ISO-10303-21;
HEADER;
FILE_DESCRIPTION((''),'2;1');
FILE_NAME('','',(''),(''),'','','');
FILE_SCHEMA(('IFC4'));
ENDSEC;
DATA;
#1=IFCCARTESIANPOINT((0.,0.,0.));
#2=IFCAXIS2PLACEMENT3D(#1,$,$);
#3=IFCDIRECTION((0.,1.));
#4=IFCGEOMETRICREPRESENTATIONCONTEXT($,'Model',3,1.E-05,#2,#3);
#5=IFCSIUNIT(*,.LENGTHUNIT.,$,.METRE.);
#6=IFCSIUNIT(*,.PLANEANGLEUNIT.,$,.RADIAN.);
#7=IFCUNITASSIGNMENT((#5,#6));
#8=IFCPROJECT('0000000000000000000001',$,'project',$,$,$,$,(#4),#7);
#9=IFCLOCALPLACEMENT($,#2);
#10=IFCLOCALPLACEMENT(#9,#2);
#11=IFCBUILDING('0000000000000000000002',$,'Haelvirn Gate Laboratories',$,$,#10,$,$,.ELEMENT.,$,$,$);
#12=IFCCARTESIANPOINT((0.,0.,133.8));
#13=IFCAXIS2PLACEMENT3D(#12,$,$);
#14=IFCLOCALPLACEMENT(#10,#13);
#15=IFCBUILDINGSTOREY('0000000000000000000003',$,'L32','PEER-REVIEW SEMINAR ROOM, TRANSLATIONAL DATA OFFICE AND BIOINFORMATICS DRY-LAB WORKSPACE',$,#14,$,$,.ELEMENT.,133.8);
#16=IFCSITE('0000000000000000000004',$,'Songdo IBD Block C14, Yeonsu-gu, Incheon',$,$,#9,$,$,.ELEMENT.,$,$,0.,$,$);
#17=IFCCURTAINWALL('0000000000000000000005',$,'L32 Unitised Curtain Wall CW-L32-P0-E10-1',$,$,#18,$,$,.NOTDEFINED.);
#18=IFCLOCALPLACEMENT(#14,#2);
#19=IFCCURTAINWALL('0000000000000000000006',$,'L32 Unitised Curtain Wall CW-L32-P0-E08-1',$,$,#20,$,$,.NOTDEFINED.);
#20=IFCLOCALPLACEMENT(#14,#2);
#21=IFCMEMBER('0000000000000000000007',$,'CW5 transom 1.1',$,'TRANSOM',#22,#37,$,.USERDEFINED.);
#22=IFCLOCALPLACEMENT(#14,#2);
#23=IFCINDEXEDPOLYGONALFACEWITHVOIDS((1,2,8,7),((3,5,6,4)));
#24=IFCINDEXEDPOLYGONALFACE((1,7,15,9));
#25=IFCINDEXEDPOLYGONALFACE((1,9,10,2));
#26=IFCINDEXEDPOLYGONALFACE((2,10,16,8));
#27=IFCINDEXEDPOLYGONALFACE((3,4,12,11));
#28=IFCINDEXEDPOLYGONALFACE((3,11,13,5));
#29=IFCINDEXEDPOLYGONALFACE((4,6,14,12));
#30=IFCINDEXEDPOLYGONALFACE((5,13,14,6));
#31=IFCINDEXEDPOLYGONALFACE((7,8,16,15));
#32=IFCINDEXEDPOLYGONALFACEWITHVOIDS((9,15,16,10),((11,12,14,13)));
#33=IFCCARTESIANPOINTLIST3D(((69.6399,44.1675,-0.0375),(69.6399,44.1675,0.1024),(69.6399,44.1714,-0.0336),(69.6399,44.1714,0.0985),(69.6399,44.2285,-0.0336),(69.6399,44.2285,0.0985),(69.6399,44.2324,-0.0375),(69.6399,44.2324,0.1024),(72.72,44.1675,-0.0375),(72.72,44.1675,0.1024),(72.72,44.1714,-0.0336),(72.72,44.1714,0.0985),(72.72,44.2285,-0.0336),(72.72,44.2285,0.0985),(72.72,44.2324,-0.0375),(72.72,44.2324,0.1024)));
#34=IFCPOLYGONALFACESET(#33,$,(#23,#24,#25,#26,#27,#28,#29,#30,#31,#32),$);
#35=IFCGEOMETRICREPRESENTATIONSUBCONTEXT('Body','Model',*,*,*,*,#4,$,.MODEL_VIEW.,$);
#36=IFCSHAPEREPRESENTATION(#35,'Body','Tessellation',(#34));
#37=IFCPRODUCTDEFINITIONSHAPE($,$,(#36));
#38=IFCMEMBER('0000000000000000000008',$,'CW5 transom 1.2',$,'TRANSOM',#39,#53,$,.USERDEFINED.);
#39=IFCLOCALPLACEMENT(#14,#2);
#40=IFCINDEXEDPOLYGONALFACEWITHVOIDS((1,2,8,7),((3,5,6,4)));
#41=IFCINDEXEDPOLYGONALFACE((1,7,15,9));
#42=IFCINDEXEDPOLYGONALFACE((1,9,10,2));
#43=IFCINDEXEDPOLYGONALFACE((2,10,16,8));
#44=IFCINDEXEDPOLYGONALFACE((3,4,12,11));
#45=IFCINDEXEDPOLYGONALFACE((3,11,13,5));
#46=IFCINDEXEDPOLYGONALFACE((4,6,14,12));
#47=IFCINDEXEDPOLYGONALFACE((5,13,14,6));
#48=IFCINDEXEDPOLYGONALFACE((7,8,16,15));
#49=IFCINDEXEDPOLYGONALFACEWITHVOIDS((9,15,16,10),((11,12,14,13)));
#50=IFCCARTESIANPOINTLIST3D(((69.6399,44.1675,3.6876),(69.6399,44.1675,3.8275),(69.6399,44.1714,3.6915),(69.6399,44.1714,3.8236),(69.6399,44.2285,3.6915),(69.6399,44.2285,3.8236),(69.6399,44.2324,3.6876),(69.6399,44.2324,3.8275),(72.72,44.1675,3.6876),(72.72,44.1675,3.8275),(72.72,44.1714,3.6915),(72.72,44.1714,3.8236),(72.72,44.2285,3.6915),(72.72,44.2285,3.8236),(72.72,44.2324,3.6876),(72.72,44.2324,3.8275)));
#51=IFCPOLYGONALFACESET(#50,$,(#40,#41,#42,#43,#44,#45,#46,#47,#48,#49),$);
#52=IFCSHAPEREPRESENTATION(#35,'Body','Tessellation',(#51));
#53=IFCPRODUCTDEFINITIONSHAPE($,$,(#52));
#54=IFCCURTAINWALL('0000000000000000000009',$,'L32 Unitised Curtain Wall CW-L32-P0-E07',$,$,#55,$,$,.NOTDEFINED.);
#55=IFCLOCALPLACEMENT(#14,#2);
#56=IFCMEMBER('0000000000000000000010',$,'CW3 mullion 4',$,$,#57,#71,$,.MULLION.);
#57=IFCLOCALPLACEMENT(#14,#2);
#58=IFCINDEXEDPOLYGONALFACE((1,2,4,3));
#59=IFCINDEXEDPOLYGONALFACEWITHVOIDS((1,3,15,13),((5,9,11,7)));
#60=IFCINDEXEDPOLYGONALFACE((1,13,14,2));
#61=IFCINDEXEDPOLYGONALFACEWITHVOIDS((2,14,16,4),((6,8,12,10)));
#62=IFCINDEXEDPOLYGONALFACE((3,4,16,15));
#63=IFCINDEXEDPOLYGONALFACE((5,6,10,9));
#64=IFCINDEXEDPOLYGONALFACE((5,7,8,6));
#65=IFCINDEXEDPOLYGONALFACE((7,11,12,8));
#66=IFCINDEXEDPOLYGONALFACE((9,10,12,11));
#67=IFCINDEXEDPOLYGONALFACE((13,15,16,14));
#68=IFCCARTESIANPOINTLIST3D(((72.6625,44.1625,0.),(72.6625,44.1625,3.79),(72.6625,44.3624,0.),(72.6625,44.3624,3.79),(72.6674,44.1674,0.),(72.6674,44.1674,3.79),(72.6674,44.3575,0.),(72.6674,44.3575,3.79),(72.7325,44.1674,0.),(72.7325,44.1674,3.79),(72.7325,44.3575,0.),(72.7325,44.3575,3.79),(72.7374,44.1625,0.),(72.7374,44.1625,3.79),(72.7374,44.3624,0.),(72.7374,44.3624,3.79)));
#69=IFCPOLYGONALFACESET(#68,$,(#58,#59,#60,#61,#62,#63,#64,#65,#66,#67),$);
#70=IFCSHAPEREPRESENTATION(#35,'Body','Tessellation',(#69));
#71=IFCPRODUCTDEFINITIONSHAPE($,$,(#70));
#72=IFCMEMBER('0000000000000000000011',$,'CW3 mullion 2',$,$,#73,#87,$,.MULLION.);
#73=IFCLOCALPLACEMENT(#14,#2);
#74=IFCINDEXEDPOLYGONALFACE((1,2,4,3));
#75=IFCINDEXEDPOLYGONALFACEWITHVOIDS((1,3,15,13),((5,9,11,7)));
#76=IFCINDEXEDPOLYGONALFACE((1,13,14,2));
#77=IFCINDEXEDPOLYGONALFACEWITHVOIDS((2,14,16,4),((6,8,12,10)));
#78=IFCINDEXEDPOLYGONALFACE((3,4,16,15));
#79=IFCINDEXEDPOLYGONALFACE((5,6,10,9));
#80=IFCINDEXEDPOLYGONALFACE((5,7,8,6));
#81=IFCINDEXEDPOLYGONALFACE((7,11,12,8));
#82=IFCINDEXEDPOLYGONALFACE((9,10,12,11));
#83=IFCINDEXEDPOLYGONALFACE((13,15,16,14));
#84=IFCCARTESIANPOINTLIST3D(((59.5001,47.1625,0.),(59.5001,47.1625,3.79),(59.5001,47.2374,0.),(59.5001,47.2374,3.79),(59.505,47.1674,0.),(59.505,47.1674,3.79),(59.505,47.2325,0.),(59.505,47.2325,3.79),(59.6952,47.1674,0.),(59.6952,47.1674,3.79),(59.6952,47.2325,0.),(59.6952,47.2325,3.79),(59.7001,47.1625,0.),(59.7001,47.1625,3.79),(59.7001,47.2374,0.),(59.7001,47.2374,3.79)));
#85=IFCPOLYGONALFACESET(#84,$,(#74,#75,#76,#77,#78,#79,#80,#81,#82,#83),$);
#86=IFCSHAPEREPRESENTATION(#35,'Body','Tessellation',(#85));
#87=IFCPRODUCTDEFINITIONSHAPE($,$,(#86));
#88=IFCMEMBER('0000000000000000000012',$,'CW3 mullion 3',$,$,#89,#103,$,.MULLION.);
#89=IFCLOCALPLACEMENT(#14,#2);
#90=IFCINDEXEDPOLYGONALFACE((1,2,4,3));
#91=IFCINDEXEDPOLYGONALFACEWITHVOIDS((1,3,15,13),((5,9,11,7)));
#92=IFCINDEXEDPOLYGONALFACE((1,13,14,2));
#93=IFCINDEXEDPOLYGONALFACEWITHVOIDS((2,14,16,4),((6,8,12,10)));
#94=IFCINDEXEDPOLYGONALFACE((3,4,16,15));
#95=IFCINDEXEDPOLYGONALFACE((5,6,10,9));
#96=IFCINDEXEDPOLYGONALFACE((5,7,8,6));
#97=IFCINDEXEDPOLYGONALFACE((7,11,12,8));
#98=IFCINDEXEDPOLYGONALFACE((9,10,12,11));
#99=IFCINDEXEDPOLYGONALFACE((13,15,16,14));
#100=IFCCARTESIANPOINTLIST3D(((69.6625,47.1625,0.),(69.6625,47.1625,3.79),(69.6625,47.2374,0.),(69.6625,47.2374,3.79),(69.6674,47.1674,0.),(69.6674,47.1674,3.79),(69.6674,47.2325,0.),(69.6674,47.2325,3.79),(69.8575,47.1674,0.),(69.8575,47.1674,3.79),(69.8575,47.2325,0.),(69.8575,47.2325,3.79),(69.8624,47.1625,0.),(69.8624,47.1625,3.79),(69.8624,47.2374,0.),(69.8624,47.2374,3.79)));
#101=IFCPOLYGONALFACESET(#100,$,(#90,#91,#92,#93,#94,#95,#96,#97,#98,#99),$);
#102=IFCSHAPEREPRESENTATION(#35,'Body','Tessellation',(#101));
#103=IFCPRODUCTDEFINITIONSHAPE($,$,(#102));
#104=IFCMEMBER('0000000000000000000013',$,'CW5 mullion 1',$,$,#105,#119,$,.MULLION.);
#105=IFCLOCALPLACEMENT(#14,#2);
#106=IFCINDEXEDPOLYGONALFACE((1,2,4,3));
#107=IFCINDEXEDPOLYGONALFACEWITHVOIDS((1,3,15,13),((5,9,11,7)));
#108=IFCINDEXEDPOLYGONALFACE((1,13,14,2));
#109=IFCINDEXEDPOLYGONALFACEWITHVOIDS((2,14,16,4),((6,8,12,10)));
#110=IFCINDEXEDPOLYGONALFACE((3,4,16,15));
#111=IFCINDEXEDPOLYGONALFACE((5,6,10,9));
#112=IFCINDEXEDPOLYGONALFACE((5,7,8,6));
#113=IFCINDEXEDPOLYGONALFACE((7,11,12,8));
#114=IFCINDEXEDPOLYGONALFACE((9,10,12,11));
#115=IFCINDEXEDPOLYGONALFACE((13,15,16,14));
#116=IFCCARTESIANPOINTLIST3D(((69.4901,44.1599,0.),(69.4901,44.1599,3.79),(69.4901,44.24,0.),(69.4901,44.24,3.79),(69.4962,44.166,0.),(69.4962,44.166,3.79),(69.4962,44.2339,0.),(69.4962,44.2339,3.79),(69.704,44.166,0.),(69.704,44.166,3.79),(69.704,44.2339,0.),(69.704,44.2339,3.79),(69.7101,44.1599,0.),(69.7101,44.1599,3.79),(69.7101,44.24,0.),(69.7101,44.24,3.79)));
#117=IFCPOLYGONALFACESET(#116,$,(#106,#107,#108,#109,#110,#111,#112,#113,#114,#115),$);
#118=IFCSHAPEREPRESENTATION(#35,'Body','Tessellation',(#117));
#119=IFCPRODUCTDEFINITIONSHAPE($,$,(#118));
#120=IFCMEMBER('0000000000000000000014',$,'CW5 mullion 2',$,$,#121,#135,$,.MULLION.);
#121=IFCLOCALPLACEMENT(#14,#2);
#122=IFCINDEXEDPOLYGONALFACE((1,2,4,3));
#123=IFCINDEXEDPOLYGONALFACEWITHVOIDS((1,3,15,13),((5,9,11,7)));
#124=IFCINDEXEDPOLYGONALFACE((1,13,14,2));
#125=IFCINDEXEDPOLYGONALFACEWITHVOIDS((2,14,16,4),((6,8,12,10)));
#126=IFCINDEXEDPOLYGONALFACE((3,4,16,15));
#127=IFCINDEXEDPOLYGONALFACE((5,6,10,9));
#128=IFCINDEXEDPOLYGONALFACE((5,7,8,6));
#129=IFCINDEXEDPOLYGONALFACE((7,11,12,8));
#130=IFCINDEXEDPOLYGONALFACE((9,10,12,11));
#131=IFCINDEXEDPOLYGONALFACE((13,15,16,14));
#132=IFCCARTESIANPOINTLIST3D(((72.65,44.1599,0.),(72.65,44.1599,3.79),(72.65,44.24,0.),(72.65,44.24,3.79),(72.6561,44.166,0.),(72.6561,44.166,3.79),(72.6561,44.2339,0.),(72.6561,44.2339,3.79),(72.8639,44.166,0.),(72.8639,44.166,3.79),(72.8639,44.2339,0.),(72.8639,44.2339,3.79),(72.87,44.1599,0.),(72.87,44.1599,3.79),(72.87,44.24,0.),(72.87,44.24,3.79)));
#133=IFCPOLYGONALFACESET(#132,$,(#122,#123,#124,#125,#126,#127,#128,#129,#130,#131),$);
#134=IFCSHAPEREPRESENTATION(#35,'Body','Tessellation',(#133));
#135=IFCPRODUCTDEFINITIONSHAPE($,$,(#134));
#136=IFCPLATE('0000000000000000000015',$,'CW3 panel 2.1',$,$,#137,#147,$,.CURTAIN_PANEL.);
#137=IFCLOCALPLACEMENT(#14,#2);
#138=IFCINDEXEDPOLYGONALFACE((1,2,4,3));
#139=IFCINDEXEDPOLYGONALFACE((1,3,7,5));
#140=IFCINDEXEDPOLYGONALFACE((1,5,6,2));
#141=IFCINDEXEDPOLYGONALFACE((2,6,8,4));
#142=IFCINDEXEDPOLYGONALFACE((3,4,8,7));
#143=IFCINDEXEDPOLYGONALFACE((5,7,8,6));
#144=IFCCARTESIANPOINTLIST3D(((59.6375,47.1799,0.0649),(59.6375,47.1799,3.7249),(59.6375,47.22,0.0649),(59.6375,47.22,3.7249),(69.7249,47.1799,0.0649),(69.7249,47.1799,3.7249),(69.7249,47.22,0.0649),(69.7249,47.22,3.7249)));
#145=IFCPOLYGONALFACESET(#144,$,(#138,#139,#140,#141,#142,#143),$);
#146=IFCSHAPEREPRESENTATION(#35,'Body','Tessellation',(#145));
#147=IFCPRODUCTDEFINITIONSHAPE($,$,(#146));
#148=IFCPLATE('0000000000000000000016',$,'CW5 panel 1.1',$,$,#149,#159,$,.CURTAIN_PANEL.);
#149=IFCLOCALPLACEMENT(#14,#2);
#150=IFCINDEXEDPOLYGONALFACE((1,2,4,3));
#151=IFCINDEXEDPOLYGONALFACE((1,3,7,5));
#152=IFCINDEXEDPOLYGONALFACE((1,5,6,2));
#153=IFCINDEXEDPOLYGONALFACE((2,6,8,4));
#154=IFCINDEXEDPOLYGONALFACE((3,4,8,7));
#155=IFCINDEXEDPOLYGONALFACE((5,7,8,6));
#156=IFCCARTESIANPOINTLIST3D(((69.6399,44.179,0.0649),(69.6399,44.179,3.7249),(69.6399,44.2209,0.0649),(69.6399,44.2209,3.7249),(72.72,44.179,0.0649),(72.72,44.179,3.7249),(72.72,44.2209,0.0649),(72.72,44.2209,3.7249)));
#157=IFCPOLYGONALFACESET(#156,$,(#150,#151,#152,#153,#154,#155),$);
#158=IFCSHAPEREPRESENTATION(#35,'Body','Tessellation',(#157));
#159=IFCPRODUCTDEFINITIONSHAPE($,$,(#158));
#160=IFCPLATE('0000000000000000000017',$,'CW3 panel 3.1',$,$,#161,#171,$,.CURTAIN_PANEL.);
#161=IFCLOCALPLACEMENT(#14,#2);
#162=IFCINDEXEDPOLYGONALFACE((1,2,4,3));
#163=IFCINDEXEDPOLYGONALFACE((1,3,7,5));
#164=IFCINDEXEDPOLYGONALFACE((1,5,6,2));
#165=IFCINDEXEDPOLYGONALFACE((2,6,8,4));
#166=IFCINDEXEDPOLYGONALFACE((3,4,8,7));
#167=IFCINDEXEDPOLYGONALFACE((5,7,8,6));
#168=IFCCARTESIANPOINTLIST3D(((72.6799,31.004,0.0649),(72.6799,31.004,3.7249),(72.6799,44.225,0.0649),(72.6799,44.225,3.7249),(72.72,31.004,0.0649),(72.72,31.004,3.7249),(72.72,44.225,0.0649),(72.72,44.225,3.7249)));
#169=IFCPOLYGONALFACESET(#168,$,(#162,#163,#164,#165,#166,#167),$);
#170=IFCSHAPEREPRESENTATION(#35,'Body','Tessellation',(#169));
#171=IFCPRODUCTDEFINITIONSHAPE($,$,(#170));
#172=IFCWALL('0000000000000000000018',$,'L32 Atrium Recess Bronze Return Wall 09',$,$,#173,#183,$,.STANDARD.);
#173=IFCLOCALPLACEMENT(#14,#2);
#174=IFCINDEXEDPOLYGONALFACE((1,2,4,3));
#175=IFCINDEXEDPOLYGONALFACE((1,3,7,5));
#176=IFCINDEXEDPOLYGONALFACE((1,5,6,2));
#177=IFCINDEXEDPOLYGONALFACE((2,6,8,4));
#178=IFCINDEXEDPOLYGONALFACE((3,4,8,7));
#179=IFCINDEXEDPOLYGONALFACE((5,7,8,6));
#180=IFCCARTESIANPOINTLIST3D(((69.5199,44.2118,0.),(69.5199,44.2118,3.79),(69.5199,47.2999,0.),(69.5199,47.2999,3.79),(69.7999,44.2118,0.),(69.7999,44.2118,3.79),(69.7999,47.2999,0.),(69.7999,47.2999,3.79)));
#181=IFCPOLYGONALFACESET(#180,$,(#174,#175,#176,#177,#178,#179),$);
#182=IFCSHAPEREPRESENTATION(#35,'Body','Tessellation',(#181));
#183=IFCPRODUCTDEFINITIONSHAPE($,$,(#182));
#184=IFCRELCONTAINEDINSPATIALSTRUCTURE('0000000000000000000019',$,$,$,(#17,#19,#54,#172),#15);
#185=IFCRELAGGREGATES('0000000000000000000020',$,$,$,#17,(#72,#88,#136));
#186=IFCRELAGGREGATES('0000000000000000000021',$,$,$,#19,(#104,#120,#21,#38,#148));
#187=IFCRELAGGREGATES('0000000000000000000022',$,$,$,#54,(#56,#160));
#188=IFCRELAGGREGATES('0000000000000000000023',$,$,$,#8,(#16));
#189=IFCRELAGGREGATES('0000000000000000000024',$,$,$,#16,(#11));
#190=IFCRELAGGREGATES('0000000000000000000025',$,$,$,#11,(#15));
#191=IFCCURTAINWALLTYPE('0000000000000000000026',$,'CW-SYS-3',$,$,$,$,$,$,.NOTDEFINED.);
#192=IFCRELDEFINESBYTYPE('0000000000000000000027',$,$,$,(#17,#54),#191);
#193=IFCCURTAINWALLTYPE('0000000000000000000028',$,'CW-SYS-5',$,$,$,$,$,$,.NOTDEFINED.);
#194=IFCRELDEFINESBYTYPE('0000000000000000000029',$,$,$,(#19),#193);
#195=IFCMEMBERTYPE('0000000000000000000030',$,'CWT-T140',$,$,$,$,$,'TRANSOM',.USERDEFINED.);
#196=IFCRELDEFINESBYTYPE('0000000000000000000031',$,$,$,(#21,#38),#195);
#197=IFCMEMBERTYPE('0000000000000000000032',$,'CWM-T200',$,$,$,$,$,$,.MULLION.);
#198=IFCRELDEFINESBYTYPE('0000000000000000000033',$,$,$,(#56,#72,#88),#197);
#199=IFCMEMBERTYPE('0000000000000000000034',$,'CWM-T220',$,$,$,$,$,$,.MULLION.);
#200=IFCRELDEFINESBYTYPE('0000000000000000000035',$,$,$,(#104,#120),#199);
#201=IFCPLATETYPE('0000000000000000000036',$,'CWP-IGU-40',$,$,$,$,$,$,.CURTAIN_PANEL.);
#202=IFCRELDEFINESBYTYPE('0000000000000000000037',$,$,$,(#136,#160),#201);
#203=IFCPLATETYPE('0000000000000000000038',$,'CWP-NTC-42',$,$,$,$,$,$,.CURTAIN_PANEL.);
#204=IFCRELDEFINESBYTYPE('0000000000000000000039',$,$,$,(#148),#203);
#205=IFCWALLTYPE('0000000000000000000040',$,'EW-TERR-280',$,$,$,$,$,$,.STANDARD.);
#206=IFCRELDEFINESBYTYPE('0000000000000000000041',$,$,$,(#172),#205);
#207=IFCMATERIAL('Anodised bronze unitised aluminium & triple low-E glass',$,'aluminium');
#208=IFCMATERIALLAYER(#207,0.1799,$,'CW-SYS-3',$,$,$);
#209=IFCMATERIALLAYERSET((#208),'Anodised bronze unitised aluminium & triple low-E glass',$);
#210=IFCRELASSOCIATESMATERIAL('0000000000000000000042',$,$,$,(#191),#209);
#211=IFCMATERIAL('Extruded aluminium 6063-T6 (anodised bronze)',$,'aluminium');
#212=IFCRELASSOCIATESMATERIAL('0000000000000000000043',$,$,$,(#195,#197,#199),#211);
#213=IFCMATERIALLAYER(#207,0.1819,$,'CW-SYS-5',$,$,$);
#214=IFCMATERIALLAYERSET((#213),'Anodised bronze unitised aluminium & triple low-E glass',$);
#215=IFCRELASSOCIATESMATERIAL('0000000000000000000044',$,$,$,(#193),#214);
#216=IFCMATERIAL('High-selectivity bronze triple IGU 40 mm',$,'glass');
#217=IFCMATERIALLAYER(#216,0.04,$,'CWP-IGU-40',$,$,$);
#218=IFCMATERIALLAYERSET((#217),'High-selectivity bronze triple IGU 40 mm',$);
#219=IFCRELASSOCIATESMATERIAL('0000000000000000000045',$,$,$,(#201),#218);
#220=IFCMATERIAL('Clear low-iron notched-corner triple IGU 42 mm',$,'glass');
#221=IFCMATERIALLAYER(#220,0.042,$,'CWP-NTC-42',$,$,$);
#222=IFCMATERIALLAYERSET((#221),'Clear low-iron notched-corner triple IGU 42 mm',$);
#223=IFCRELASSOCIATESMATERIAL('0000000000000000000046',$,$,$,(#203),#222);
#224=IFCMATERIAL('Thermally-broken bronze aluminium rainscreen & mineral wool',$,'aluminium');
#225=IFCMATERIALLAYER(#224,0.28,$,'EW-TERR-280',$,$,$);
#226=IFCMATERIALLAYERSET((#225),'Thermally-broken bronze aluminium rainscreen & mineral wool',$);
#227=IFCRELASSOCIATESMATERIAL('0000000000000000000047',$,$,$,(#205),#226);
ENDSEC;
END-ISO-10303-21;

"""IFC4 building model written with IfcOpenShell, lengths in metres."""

from ifc_helpers import new_model, si_unit, direction, frame, frame_2d, origin, origin_2d, place, context, subcontext, project, spatial, rectangle, hollow_rectangle, extrude, source, transform, mapped, material, layer, layer_set, material_profile, profile_set, type_object, type_shapes, element, aggregate, save


model = new_model("IFC4")

# Units and contexts
model_context = context("Model", 3, precision=1e-05, world=origin(), true_north=direction((0.0, 1.0)))
body_context = subcontext(model_context, "Body", "Model", "MODEL_VIEW")
ifc_project = project(units=[si_unit("LENGTHUNIT", "METRE"), si_unit("PLANEANGLEUNIT", "RADIAN")], contexts=[model_context])

# Site, building, storey
site_placement = place(None, origin())
site = spatial("IfcSite", under=ifc_project, at=site_placement, Name="Songdo IBD Block C14, Yeonsu-gu, Incheon", CompositionType="ELEMENT", RefElevation=0.0)
building_placement = place(site_placement, origin())
building = spatial("IfcBuilding", under=site, at=building_placement, Name="Haelvirn Gate Laboratories", CompositionType="ELEMENT")
storey_placement = place(building_placement, frame((0.0, 0.0, 133.8)))
storey = spatial("IfcBuildingStorey", under=building, at=storey_placement, Name="L32", Description="PEER-REVIEW SEMINAR ROOM, TRANSLATIONAL DATA OFFICE AND BIOINFORMATICS DRY-LAB WORKSPACE", CompositionType="ELEMENT", Elevation=133.8)

# Curtain walls, members
ifc_material_1 = material(Name="Anodised bronze unitised aluminium & triple low-E glass", Category="aluminium")
ifc_layer_1 = layer(ifc_material_1, 0.1799, Name="CW-SYS-3")
ifc_layer_set_1 = layer_set([ifc_layer_1], Name="Anodised bronze unitised aluminium & triple low-E glass")
curtain_wall_type_1 = type_object("IfcCurtainWallType", Name="CW-SYS-3", PredefinedType="NOTDEFINED", material=ifc_layer_set_1)
curtain_wall_1_placement = place(storey_placement, origin())
curtain_wall_1 = element("IfcCurtainWall", 1, at=curtain_wall_1_placement, inside=storey, type_object=curtain_wall_type_1, Name="L32 Unitised Curtain Wall CW-L32-P0-E10-1", PredefinedType="NOTDEFINED")
ifc_material_2 = material(Name="Extruded aluminium 6063-T6 (anodised bronze)", Category="aluminium")
ifc_material_profile_1 = material_profile(ifc_material_2, hollow_rectangle(XDim=0.0649, YDim=0.1399, WallThickness=0.0039, at=origin_2d()), Name="CWT-140x65x4")
ifc_profile_set_1 = profile_set([ifc_material_profile_1], Name="Extruded aluminium 6063-T6 (anodised bronze)")
member_type_1 = type_object("IfcMemberType", Name="CWT-T140", ElementType="TRANSOM", PredefinedType="USERDEFINED", material=ifc_profile_set_1)
ifc_layer_2 = layer(ifc_material_1, 0.1819, Name="CW-SYS-5")
ifc_layer_set_2 = layer_set([ifc_layer_2], Name="Anodised bronze unitised aluminium & triple low-E glass")
curtain_wall_type_2 = type_object("IfcCurtainWallType", Name="CW-SYS-5", PredefinedType="NOTDEFINED", material=ifc_layer_set_2)
curtain_wall_2_placement = place(storey_placement, origin())
curtain_wall_2 = element("IfcCurtainWall", 2, at=curtain_wall_2_placement, inside=storey, type_object=curtain_wall_type_2, Name="L32 Unitised Curtain Wall CW-L32-P0-E08-1", PredefinedType="NOTDEFINED")
shared_shape_1 = source(origin(), body_context, "Body", "SweptSolid", [
    extrude(hollow_rectangle(XDim=0.0649, YDim=0.1399, WallThickness=0.0039, at=origin_2d()), origin(), (0.0, 0.0, 1.0), 3.0801),
])
member_1_placement = place(storey_placement, frame((69.6399, 44.2, 0.0325), z_axis=(1.0, 0.0, 0.0), x_axis=(0.0, 1.0, 0.0)))
member_1 = element("IfcMember", 3, at=member_1_placement, type_object=member_type_1, Name="CW5 transom 1.1", ObjectType="TRANSOM", PredefinedType="USERDEFINED", context=body_context, shape_type="MappedRepresentation", body=[
    mapped(shared_shape_1, transform((0.0, 0.0, 0.0), scale=1.0)),
])
member_2_placement = place(storey_placement, frame((69.6399, 44.2, 3.7576), z_axis=(1.0, 0.0, 0.0), x_axis=(0.0, 1.0, 0.0)))
member_2 = element("IfcMember", 4, at=member_2_placement, type_object=member_type_1, Name="CW5 transom 1.2", ObjectType="TRANSOM", PredefinedType="USERDEFINED", context=body_context, shape_type="MappedRepresentation", body=[
    mapped(shared_shape_1, transform((0.0, 0.0, 0.0), scale=1.0)),
])

# Curtain wall, member
curtain_wall_3_placement = place(storey_placement, origin())
curtain_wall_3 = element("IfcCurtainWall", 5, at=curtain_wall_3_placement, inside=storey, type_object=curtain_wall_type_1, Name="L32 Unitised Curtain Wall CW-L32-P0-E07", PredefinedType="NOTDEFINED")
ifc_material_profile_2 = material_profile(ifc_material_2, hollow_rectangle(XDim=0.075, YDim=0.2, WallThickness=0.0049, at=origin_2d()), Name="CWM-200x75x5")
ifc_profile_set_2 = profile_set([ifc_material_profile_2], Name="Extruded aluminium 6063-T6 (anodised bronze)")
member_type_2 = type_object("IfcMemberType", Name="CWM-T200", PredefinedType="MULLION", material=ifc_profile_set_2)
shared_shape_2 = source(origin(), body_context, "Body", "SweptSolid", [
    extrude(hollow_rectangle(XDim=0.075, YDim=0.2, WallThickness=0.0049, at=origin_2d()), origin(), (0.0, 0.0, 1.0), 3.79),
])
type_shapes(member_type_2, [shared_shape_2])
member_3_placement = place(storey_placement, frame((72.7, 44.2625, 0.0), z_axis=(0.0, 0.0, 1.0), x_axis=(-1.0, 0.0, 0.0)))
member_3 = element("IfcMember", 6, at=member_3_placement, type_object=member_type_2, Name="CW3 mullion 4", PredefinedType="MULLION", context=body_context, shape_type="MappedRepresentation", body=[
    mapped(shared_shape_2, transform((0.0, 0.0, 0.0), scale=1.0)),
])

# Members
member_4_placement = place(storey_placement, frame((59.6001, 47.2, 0.0), z_axis=(0.0, 0.0, 1.0), x_axis=(0.0, 1.0, 0.0)))
member_4 = element("IfcMember", 7, at=member_4_placement, type_object=member_type_2, Name="CW3 mullion 2", PredefinedType="MULLION", context=body_context, shape_type="MappedRepresentation", body=[
    mapped(shared_shape_2, transform((0.0, 0.0, 0.0), scale=1.0)),
])
member_5_placement = place(storey_placement, frame((69.7625, 47.2, 0.0), z_axis=(0.0, 0.0, 1.0), x_axis=(0.0, 1.0, 0.0)))
member_5 = element("IfcMember", 8, at=member_5_placement, type_object=member_type_2, Name="CW3 mullion 3", PredefinedType="MULLION", context=body_context, shape_type="MappedRepresentation", body=[
    mapped(shared_shape_2, transform((0.0, 0.0, 0.0), scale=1.0)),
])
ifc_material_profile_3 = material_profile(ifc_material_2, hollow_rectangle(XDim=0.0801, YDim=0.22, WallThickness=0.0061, at=origin_2d()), Name="CWM-220x80x6")
ifc_profile_set_3 = profile_set([ifc_material_profile_3], Name="Extruded aluminium 6063-T6 (anodised bronze)")
member_type_3 = type_object("IfcMemberType", Name="CWM-T220", PredefinedType="MULLION", material=ifc_profile_set_3)
shared_shape_3 = source(origin(), body_context, "Body", "SweptSolid", [
    extrude(hollow_rectangle(XDim=0.0801, YDim=0.22, WallThickness=0.0061, at=origin_2d()), origin(), (0.0, 0.0, 1.0), 3.79),
])
type_shapes(member_type_3, [shared_shape_3])
member_6_placement = place(storey_placement, frame((69.6001, 44.2, 0.0), z_axis=(0.0, 0.0, 1.0), x_axis=(0.0, 1.0, 0.0)))
member_6 = element("IfcMember", 9, at=member_6_placement, type_object=member_type_3, Name="CW5 mullion 1", PredefinedType="MULLION", context=body_context, shape_type="MappedRepresentation", body=[
    mapped(shared_shape_3, transform((0.0, 0.0, 0.0), scale=1.0)),
])
member_7_placement = place(storey_placement, frame((72.76, 44.2, 0.0), z_axis=(0.0, 0.0, 1.0), x_axis=(0.0, 1.0, 0.0)))
member_7 = element("IfcMember", 10, at=member_7_placement, type_object=member_type_3, Name="CW5 mullion 2", PredefinedType="MULLION", context=body_context, shape_type="MappedRepresentation", body=[
    mapped(shared_shape_3, transform((0.0, 0.0, 0.0), scale=1.0)),
])

# Plates
ifc_material_3 = material(Name="High-selectivity bronze triple IGU 40 mm", Category="glass")
ifc_layer_3 = layer(ifc_material_3, 0.04, Name="CWP-IGU-40")
ifc_layer_set_3 = layer_set([ifc_layer_3], Name="High-selectivity bronze triple IGU 40 mm")
plate_type_1 = type_object("IfcPlateType", Name="CWP-IGU-40", PredefinedType="CURTAIN_PANEL", material=ifc_layer_set_3)
shared_shape_4 = source(origin(), body_context, "Body", "SweptSolid", [
    extrude(rectangle(XDim=10.0874, YDim=0.04, at=origin_2d()), origin(), (0.0, 0.0, 1.0), 3.6599),
])
plate_1_placement = place(storey_placement, frame((64.6812, 47.2, 0.0649), z_axis=(0.0, 0.0, 1.0), x_axis=(1.0, 0.0, 0.0)))
plate_1 = element("IfcPlate", 11, at=plate_1_placement, type_object=plate_type_1, Name="CW3 panel 2.1", PredefinedType="CURTAIN_PANEL", context=body_context, shape_type="MappedRepresentation", body=[
    mapped(shared_shape_4, transform((0.0, 0.0, 0.0), scale=1.0)),
])
aggregate(curtain_wall_1, [member_4, member_5, plate_1])
ifc_material_4 = material(Name="Clear low-iron notched-corner triple IGU 42 mm", Category="glass")
ifc_layer_4 = layer(ifc_material_4, 0.042, Name="CWP-NTC-42")
ifc_layer_set_4 = layer_set([ifc_layer_4], Name="Clear low-iron notched-corner triple IGU 42 mm")
plate_type_2 = type_object("IfcPlateType", Name="CWP-NTC-42", PredefinedType="CURTAIN_PANEL", material=ifc_layer_set_4)
shared_shape_5 = source(origin(), body_context, "Body", "SweptSolid", [
    extrude(rectangle(XDim=3.0801, YDim=0.042, at=origin_2d()), origin(), (0.0, 0.0, 1.0), 3.6599),
])
type_shapes(plate_type_2, [shared_shape_5])
plate_2_placement = place(storey_placement, frame((71.1799, 44.2, 0.0649), z_axis=(0.0, 0.0, 1.0), x_axis=(1.0, 0.0, 0.0)))
plate_2 = element("IfcPlate", 12, at=plate_2_placement, type_object=plate_type_2, Name="CW5 panel 1.1", PredefinedType="CURTAIN_PANEL", context=body_context, shape_type="MappedRepresentation", body=[
    mapped(shared_shape_5, transform((0.0, 0.0, 0.0), scale=1.0)),
])
aggregate(curtain_wall_2, [member_6, member_7, member_1, member_2, plate_2])
shared_shape_6 = source(origin(), body_context, "Body", "SweptSolid", [
    extrude(rectangle(XDim=13.2209, YDim=0.04, at=origin_2d()), origin(), (0.0, 0.0, 1.0), 3.6599),
])
type_shapes(plate_type_1, [shared_shape_4, shared_shape_6])
plate_3_placement = place(storey_placement, frame((72.7, 37.6145, 0.0649), z_axis=(0.0, 0.0, 1.0), x_axis=(0.0, 1.0, 0.0)))
plate_3 = element("IfcPlate", 13, at=plate_3_placement, type_object=plate_type_1, Name="CW3 panel 3.1", PredefinedType="CURTAIN_PANEL", context=body_context, shape_type="MappedRepresentation", body=[
    mapped(shared_shape_6, transform((0.0, 0.0, 0.0), scale=1.0)),
])
aggregate(curtain_wall_3, [member_3, plate_3])

# Wall
ifc_material_5 = material(Name="Thermally-broken bronze aluminium rainscreen & mineral wool", Category="aluminium")
ifc_layer_5 = layer(ifc_material_5, 0.28, Name="EW-TERR-280")
ifc_layer_set_5 = layer_set([ifc_layer_5], Name="Thermally-broken bronze aluminium rainscreen & mineral wool")
wall_type_1 = type_object("IfcWallType", Name="EW-TERR-280", PredefinedType="STANDARD", material=ifc_layer_set_5)
wall_1_placement = place(storey_placement, frame((69.6599, 44.2119, 0.0), z_axis=(0.0, 0.0, 1.0), x_axis=(0.0, 1.0, 0.0)))
element("IfcWall", 14, at=wall_1_placement, inside=storey, type_object=wall_type_1, Name="L32 Atrium Recess Bronze Return Wall 09", PredefinedType="STANDARD", context=body_context, shape_type="SweptSolid", body=[
    extrude(rectangle(XDim=3.0881, YDim=0.28, at=frame_2d((1.5439, 0.0))), origin(), (0.0, 0.0, 1.0), 3.79),
])

save(model, "model.ifc")
